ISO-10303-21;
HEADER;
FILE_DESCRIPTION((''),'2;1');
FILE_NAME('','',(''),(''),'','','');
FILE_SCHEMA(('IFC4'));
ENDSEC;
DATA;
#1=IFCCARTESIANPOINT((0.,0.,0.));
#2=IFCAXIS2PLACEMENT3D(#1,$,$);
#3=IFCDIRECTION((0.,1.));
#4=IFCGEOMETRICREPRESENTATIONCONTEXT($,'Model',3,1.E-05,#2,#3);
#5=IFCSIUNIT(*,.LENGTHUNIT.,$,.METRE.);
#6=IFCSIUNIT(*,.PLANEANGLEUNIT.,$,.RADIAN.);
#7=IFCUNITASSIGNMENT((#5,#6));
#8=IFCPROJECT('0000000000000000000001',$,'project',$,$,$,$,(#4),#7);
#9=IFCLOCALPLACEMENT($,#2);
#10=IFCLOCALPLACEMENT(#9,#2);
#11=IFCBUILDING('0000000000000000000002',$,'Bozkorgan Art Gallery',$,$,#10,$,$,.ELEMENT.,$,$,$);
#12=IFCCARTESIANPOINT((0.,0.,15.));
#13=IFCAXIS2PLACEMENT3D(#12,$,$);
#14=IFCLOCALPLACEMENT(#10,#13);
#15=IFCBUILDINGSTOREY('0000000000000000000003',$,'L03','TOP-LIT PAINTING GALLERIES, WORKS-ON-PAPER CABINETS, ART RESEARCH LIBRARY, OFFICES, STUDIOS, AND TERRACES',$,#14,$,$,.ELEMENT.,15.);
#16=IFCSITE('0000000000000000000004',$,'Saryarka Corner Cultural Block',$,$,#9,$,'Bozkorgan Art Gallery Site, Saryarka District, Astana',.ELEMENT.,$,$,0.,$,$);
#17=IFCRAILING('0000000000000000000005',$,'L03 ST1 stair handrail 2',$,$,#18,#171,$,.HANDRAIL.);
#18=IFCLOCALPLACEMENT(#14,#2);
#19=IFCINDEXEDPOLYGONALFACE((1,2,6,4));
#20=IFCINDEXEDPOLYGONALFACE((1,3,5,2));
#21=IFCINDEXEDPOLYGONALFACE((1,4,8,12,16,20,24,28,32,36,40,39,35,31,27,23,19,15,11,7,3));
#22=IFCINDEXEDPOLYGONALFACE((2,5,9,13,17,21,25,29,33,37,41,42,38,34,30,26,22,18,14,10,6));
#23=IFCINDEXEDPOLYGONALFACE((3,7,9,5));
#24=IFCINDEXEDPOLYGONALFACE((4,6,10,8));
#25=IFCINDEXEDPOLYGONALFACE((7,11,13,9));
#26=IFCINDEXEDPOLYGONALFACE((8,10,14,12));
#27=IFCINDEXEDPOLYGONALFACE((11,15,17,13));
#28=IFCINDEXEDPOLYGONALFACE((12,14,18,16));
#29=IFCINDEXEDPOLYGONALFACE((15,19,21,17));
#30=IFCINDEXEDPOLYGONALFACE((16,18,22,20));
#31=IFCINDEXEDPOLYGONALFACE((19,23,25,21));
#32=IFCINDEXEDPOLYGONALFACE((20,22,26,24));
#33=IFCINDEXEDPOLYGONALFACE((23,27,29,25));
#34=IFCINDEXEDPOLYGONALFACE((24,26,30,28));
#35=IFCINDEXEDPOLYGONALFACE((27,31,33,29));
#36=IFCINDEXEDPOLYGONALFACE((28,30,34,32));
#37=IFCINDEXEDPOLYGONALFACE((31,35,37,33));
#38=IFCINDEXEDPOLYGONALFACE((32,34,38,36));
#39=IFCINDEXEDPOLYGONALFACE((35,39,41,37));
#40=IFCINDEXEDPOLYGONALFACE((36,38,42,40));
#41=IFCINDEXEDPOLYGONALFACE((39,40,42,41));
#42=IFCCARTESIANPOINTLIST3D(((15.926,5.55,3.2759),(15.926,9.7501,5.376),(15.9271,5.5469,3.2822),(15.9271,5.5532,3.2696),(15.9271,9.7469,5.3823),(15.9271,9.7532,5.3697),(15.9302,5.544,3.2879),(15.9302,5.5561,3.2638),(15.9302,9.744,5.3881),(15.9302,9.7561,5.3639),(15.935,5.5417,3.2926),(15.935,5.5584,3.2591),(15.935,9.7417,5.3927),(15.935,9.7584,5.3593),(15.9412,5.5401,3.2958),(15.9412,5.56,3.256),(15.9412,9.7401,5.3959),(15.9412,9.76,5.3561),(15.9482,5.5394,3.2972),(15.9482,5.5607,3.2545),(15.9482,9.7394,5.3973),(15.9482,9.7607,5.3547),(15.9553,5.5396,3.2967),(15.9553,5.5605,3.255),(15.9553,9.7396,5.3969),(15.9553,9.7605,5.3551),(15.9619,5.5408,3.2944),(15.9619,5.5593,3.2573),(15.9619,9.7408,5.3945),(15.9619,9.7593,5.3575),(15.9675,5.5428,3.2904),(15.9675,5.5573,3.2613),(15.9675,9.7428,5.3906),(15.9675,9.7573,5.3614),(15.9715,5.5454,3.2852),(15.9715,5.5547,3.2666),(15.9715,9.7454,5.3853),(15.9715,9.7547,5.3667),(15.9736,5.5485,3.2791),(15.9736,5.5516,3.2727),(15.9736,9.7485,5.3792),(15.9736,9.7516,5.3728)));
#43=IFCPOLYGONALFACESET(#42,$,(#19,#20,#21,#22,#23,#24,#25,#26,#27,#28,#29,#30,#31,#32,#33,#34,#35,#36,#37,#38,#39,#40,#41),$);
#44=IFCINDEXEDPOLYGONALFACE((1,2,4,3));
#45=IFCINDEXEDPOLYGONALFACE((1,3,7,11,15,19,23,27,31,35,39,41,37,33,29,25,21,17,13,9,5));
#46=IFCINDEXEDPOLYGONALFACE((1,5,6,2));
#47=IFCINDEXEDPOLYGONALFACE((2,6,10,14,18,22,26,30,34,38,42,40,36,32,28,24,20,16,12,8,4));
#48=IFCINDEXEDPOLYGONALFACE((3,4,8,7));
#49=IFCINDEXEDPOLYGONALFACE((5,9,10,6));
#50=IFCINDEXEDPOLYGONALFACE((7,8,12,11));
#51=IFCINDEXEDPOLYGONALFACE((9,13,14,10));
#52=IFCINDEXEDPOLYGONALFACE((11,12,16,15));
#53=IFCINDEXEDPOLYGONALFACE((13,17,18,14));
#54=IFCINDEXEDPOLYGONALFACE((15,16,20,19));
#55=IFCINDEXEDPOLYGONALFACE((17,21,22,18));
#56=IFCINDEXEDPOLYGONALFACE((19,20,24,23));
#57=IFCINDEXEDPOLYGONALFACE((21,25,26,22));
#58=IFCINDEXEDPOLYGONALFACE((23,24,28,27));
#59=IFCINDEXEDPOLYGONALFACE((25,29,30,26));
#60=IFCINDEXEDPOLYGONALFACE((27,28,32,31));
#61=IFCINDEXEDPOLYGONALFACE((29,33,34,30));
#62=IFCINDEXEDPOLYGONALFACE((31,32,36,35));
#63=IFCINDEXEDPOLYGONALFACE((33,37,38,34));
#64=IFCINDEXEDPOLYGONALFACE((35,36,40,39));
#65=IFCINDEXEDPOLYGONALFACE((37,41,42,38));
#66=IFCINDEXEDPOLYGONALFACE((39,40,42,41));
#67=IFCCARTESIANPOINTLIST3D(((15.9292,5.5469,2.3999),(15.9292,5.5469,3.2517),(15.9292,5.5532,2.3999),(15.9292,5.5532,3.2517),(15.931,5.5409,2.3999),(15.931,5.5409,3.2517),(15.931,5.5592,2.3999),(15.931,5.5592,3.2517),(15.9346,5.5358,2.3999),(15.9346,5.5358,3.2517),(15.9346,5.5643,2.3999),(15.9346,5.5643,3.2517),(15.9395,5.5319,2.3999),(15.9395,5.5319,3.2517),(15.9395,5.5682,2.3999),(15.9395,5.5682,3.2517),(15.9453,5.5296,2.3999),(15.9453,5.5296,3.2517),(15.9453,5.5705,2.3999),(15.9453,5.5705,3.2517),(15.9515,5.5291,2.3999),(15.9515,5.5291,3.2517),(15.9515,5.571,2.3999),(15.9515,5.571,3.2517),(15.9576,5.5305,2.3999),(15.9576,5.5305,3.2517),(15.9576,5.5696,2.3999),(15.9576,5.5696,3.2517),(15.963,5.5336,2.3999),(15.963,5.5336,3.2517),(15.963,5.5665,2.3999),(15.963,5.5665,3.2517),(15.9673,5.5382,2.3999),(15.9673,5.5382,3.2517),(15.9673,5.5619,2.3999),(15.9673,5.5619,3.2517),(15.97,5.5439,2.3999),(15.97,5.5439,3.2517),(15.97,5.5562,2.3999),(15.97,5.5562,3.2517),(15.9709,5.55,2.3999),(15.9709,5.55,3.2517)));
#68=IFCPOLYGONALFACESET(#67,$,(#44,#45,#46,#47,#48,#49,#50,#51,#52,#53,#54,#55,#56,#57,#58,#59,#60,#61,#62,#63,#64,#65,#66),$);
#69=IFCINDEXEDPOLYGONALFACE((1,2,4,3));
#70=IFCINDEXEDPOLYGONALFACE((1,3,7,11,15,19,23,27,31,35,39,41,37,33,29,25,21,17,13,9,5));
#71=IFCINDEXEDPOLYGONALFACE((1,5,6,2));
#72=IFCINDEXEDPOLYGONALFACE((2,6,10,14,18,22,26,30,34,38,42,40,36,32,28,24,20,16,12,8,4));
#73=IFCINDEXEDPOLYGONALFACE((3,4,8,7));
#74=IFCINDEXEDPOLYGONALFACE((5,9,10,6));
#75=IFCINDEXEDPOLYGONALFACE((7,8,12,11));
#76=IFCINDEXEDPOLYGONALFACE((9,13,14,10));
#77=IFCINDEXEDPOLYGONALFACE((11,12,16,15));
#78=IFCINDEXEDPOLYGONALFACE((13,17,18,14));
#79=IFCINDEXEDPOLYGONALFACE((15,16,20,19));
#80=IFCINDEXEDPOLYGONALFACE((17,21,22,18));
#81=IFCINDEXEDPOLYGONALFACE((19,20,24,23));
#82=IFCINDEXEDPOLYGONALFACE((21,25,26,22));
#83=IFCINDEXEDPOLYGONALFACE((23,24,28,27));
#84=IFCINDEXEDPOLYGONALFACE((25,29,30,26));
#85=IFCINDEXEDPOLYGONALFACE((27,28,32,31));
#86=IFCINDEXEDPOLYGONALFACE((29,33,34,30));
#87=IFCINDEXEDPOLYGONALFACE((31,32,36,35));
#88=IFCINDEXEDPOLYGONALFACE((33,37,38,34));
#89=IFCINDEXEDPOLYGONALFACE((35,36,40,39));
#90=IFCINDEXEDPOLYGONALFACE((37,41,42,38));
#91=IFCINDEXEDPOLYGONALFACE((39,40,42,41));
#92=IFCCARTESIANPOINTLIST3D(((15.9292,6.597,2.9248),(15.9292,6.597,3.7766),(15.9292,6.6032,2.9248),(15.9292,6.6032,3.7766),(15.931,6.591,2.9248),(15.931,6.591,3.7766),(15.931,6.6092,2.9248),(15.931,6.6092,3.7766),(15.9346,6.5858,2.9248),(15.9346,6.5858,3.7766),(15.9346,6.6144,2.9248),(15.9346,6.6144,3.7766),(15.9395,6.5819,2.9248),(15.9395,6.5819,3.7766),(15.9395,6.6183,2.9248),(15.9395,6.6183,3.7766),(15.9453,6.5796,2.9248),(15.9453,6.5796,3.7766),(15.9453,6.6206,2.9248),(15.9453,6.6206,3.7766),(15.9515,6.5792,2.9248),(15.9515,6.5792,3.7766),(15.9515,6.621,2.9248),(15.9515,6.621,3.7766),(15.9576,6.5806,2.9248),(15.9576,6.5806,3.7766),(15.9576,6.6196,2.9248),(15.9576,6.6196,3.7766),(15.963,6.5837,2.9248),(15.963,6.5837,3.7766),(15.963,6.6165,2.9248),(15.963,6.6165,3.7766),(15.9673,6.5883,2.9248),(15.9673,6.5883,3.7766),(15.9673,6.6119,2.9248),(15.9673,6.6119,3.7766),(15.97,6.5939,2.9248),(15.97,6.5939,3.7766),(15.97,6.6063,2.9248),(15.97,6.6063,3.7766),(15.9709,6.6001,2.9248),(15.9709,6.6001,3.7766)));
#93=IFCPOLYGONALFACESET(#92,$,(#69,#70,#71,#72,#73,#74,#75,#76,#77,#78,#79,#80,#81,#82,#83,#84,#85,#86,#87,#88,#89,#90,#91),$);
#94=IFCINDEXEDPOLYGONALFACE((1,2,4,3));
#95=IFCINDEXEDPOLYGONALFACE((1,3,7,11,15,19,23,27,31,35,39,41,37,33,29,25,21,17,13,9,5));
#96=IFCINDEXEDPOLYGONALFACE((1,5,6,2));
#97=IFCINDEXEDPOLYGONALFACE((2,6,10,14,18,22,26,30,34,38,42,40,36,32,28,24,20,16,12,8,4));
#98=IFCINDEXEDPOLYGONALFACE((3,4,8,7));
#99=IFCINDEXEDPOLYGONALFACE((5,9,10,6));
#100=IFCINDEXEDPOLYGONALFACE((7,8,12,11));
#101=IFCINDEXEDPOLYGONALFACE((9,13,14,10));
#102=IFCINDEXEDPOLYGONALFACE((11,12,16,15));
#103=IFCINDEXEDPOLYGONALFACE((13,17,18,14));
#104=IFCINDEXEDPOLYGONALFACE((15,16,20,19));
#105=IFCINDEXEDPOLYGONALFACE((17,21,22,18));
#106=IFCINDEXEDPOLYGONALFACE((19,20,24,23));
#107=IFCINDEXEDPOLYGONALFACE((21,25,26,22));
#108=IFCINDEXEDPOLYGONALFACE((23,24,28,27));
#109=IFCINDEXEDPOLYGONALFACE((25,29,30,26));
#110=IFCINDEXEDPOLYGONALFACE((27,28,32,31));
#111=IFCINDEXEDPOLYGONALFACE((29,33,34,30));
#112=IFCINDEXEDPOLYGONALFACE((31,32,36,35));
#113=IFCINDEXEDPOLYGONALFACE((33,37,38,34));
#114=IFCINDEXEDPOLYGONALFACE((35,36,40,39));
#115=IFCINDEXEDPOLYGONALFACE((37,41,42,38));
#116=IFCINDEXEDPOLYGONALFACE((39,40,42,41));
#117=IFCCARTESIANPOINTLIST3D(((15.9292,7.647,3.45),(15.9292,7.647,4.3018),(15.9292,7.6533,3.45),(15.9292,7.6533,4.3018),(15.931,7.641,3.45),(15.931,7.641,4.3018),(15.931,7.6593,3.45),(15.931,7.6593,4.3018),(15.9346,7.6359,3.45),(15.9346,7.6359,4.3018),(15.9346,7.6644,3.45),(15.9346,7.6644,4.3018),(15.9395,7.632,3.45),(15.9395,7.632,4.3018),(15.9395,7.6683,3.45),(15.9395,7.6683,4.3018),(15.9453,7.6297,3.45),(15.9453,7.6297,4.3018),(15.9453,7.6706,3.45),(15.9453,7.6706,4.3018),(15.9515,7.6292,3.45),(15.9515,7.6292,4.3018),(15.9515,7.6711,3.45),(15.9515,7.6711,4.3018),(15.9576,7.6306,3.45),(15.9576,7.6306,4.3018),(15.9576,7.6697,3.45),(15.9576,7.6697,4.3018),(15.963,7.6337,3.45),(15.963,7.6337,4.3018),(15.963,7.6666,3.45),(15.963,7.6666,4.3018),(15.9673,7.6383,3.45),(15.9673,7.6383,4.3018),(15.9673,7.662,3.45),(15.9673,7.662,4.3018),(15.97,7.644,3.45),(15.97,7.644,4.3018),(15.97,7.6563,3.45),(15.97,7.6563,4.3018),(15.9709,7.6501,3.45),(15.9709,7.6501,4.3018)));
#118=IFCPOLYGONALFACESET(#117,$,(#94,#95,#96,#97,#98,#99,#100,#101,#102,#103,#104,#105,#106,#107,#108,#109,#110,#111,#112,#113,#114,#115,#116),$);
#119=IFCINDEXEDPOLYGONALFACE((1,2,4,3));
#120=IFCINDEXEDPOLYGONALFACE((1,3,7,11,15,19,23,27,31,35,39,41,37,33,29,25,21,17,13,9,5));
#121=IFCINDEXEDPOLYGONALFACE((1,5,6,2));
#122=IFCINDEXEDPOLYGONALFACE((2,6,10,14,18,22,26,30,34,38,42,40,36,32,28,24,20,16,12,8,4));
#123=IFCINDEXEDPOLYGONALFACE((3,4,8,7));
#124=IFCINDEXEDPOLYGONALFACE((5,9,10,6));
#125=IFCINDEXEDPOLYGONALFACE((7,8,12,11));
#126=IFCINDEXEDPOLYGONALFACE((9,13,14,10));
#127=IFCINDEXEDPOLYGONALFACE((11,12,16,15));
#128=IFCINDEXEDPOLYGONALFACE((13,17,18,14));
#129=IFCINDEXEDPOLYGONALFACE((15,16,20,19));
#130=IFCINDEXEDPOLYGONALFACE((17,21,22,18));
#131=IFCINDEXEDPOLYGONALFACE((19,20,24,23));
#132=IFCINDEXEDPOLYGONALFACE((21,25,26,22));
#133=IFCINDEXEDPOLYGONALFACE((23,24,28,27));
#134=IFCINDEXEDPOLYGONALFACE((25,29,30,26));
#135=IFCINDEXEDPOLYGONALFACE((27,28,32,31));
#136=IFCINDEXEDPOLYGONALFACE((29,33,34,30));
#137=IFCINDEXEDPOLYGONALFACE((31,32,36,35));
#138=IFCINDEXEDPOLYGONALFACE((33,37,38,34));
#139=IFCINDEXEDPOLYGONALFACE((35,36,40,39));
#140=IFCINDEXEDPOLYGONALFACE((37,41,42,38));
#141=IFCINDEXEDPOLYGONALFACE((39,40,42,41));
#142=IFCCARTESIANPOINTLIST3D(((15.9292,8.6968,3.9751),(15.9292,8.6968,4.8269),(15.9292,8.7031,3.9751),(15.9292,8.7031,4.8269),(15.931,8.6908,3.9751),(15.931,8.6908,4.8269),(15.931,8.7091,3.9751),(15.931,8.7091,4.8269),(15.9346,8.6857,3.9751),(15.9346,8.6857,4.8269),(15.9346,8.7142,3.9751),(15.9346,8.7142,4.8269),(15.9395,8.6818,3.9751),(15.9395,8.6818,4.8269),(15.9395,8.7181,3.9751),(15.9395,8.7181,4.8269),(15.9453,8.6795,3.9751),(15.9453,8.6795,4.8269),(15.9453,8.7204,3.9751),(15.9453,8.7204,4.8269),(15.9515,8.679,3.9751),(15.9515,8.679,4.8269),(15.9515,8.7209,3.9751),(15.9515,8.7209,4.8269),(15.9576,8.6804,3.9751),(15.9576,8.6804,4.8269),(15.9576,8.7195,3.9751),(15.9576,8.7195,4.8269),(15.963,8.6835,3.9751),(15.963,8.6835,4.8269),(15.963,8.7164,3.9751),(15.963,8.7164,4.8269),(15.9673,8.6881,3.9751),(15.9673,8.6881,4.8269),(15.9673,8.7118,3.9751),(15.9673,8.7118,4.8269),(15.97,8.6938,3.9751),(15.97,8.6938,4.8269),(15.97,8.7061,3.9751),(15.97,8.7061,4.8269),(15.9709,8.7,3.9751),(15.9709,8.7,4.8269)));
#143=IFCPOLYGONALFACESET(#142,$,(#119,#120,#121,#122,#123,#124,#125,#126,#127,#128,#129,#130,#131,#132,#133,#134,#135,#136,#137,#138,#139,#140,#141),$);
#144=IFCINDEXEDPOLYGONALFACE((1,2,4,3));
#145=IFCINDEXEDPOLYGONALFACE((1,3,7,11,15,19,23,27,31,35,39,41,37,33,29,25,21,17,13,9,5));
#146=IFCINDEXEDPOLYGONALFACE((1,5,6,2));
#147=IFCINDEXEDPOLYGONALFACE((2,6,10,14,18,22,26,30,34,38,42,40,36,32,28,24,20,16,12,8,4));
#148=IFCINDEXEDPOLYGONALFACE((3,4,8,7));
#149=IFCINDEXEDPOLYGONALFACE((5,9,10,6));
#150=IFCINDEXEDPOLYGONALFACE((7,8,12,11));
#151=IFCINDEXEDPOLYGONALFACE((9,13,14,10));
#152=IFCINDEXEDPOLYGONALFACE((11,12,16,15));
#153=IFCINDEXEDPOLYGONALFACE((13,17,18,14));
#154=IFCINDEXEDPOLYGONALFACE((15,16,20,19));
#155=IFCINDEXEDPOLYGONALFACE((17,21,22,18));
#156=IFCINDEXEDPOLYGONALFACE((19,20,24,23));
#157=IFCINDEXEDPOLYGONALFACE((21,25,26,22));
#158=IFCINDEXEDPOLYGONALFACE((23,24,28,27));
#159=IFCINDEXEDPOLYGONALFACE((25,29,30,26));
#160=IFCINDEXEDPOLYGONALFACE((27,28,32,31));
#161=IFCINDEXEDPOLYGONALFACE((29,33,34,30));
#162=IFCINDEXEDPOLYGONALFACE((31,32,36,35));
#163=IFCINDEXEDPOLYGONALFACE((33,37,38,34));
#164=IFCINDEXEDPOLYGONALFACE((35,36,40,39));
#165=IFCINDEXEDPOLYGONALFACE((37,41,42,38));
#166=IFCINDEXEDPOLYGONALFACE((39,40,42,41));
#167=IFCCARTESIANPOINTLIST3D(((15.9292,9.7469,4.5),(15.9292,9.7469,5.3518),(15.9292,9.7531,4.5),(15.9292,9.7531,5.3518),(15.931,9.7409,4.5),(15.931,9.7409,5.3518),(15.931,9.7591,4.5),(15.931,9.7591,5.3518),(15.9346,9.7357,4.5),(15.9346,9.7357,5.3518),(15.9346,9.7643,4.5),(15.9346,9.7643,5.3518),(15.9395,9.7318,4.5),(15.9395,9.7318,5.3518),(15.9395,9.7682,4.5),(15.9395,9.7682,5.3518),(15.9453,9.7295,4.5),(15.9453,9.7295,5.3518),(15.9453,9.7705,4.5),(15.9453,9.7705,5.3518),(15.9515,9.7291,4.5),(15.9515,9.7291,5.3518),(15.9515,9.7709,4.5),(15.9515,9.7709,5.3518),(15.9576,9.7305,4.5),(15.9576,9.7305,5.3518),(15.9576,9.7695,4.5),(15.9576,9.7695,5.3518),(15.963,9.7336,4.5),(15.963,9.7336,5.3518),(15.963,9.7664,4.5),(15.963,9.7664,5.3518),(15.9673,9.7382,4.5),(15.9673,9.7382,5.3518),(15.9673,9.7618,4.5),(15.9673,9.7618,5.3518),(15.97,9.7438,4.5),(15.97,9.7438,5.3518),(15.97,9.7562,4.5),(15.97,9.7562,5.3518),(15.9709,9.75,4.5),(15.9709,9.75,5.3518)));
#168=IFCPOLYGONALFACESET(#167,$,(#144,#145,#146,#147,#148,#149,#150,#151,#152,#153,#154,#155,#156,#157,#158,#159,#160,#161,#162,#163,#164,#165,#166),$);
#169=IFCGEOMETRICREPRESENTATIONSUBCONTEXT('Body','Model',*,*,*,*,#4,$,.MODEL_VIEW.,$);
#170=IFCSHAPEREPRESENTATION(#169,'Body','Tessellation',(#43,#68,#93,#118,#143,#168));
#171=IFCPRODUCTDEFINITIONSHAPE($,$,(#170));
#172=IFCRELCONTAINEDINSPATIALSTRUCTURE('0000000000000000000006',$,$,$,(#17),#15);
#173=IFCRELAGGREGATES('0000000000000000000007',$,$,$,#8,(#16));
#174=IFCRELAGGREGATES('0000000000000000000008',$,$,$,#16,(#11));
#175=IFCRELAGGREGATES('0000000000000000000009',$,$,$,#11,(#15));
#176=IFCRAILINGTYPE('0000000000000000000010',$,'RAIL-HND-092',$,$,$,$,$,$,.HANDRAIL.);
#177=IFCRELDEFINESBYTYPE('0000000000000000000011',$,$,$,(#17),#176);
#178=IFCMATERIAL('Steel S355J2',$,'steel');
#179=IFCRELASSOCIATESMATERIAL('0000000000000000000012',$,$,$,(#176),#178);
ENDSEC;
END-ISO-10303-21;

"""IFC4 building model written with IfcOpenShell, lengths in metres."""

from ifc_helpers import new_model, si_unit, direction, frame, origin, origin_2d, place, context, subcontext, project, spatial, circle, extrude, material, type_object, element, save


model = new_model("IFC4")

# Units and contexts
model_context = context("Model", 3, precision=1e-05, world=origin(), true_north=direction((0.0, 1.0)))
body_context = subcontext(model_context, "Body", "Model", "MODEL_VIEW")
ifc_project = project(units=[si_unit("LENGTHUNIT", "METRE"), si_unit("PLANEANGLEUNIT", "RADIAN")], contexts=[model_context])

# Site, building, storey
site_placement = place(None, origin())
site = spatial("IfcSite", under=ifc_project, at=site_placement, Name="Saryarka Corner Cultural Block", LongName="Bozkorgan Art Gallery Site, Saryarka District, Astana", CompositionType="ELEMENT", RefElevation=0.0)
building_placement = place(site_placement, origin())
building = spatial("IfcBuilding", under=site, at=building_placement, Name="Bozkorgan Art Gallery", CompositionType="ELEMENT")
storey_placement = place(building_placement, frame((0.0, 0.0, 15.0)))
storey = spatial("IfcBuildingStorey", under=building, at=storey_placement, Name="L03", Description="TOP-LIT PAINTING GALLERIES, WORKS-ON-PAPER CABINETS, ART RESEARCH LIBRARY, OFFICES, STUDIOS, AND TERRACES", CompositionType="ELEMENT", Elevation=15.0)

# Shared definitions
ifc_material_1 = material(Name="Steel S355J2", Category="steel")

# Railing
railing_type_1 = type_object("IfcRailingType", Name="RAIL-HND-092", PredefinedType="HANDRAIL", material=ifc_material_1)
railing_1_placement = place(storey_placement, frame((15.95, 5.55, 2.3999)))
element("IfcRailing", 1, at=railing_1_placement, inside=storey, type_object=railing_type_1, Name="L03 ST1 stair handrail 2", PredefinedType="HANDRAIL", context=body_context, shape_type="SweptSolid", body=[
    extrude(circle(Radius=0.0239, at=origin_2d()), frame((0.0, 0.0, 0.876), z_axis=(0.0, 0.894417, 0.447234), x_axis=(-1.0, 0.0, 0.0)), (0.0, 0.0, 1.0), 4.6958),
    extrude(circle(Radius=0.021, at=origin_2d()), origin(), (0.0, 0.0, 1.0), 0.8518),
    extrude(circle(Radius=0.021, at=origin_2d()), frame((0.0, 1.05, 0.5249)), (0.0, 0.0, 1.0), 0.8518),
    extrude(circle(Radius=0.021, at=origin_2d()), frame((0.0, 2.1001, 1.05)), (0.0, 0.0, 1.0), 0.8518),
    extrude(circle(Radius=0.021, at=origin_2d()), frame((0.0, 3.1499, 1.5752)), (0.0, 0.0, 1.0), 0.8518),
    extrude(circle(Radius=0.021, at=origin_2d()), frame((0.0, 4.2, 2.1001)), (0.0, 0.0, 1.0), 0.8518),
])

save(model, "model.ifc")
